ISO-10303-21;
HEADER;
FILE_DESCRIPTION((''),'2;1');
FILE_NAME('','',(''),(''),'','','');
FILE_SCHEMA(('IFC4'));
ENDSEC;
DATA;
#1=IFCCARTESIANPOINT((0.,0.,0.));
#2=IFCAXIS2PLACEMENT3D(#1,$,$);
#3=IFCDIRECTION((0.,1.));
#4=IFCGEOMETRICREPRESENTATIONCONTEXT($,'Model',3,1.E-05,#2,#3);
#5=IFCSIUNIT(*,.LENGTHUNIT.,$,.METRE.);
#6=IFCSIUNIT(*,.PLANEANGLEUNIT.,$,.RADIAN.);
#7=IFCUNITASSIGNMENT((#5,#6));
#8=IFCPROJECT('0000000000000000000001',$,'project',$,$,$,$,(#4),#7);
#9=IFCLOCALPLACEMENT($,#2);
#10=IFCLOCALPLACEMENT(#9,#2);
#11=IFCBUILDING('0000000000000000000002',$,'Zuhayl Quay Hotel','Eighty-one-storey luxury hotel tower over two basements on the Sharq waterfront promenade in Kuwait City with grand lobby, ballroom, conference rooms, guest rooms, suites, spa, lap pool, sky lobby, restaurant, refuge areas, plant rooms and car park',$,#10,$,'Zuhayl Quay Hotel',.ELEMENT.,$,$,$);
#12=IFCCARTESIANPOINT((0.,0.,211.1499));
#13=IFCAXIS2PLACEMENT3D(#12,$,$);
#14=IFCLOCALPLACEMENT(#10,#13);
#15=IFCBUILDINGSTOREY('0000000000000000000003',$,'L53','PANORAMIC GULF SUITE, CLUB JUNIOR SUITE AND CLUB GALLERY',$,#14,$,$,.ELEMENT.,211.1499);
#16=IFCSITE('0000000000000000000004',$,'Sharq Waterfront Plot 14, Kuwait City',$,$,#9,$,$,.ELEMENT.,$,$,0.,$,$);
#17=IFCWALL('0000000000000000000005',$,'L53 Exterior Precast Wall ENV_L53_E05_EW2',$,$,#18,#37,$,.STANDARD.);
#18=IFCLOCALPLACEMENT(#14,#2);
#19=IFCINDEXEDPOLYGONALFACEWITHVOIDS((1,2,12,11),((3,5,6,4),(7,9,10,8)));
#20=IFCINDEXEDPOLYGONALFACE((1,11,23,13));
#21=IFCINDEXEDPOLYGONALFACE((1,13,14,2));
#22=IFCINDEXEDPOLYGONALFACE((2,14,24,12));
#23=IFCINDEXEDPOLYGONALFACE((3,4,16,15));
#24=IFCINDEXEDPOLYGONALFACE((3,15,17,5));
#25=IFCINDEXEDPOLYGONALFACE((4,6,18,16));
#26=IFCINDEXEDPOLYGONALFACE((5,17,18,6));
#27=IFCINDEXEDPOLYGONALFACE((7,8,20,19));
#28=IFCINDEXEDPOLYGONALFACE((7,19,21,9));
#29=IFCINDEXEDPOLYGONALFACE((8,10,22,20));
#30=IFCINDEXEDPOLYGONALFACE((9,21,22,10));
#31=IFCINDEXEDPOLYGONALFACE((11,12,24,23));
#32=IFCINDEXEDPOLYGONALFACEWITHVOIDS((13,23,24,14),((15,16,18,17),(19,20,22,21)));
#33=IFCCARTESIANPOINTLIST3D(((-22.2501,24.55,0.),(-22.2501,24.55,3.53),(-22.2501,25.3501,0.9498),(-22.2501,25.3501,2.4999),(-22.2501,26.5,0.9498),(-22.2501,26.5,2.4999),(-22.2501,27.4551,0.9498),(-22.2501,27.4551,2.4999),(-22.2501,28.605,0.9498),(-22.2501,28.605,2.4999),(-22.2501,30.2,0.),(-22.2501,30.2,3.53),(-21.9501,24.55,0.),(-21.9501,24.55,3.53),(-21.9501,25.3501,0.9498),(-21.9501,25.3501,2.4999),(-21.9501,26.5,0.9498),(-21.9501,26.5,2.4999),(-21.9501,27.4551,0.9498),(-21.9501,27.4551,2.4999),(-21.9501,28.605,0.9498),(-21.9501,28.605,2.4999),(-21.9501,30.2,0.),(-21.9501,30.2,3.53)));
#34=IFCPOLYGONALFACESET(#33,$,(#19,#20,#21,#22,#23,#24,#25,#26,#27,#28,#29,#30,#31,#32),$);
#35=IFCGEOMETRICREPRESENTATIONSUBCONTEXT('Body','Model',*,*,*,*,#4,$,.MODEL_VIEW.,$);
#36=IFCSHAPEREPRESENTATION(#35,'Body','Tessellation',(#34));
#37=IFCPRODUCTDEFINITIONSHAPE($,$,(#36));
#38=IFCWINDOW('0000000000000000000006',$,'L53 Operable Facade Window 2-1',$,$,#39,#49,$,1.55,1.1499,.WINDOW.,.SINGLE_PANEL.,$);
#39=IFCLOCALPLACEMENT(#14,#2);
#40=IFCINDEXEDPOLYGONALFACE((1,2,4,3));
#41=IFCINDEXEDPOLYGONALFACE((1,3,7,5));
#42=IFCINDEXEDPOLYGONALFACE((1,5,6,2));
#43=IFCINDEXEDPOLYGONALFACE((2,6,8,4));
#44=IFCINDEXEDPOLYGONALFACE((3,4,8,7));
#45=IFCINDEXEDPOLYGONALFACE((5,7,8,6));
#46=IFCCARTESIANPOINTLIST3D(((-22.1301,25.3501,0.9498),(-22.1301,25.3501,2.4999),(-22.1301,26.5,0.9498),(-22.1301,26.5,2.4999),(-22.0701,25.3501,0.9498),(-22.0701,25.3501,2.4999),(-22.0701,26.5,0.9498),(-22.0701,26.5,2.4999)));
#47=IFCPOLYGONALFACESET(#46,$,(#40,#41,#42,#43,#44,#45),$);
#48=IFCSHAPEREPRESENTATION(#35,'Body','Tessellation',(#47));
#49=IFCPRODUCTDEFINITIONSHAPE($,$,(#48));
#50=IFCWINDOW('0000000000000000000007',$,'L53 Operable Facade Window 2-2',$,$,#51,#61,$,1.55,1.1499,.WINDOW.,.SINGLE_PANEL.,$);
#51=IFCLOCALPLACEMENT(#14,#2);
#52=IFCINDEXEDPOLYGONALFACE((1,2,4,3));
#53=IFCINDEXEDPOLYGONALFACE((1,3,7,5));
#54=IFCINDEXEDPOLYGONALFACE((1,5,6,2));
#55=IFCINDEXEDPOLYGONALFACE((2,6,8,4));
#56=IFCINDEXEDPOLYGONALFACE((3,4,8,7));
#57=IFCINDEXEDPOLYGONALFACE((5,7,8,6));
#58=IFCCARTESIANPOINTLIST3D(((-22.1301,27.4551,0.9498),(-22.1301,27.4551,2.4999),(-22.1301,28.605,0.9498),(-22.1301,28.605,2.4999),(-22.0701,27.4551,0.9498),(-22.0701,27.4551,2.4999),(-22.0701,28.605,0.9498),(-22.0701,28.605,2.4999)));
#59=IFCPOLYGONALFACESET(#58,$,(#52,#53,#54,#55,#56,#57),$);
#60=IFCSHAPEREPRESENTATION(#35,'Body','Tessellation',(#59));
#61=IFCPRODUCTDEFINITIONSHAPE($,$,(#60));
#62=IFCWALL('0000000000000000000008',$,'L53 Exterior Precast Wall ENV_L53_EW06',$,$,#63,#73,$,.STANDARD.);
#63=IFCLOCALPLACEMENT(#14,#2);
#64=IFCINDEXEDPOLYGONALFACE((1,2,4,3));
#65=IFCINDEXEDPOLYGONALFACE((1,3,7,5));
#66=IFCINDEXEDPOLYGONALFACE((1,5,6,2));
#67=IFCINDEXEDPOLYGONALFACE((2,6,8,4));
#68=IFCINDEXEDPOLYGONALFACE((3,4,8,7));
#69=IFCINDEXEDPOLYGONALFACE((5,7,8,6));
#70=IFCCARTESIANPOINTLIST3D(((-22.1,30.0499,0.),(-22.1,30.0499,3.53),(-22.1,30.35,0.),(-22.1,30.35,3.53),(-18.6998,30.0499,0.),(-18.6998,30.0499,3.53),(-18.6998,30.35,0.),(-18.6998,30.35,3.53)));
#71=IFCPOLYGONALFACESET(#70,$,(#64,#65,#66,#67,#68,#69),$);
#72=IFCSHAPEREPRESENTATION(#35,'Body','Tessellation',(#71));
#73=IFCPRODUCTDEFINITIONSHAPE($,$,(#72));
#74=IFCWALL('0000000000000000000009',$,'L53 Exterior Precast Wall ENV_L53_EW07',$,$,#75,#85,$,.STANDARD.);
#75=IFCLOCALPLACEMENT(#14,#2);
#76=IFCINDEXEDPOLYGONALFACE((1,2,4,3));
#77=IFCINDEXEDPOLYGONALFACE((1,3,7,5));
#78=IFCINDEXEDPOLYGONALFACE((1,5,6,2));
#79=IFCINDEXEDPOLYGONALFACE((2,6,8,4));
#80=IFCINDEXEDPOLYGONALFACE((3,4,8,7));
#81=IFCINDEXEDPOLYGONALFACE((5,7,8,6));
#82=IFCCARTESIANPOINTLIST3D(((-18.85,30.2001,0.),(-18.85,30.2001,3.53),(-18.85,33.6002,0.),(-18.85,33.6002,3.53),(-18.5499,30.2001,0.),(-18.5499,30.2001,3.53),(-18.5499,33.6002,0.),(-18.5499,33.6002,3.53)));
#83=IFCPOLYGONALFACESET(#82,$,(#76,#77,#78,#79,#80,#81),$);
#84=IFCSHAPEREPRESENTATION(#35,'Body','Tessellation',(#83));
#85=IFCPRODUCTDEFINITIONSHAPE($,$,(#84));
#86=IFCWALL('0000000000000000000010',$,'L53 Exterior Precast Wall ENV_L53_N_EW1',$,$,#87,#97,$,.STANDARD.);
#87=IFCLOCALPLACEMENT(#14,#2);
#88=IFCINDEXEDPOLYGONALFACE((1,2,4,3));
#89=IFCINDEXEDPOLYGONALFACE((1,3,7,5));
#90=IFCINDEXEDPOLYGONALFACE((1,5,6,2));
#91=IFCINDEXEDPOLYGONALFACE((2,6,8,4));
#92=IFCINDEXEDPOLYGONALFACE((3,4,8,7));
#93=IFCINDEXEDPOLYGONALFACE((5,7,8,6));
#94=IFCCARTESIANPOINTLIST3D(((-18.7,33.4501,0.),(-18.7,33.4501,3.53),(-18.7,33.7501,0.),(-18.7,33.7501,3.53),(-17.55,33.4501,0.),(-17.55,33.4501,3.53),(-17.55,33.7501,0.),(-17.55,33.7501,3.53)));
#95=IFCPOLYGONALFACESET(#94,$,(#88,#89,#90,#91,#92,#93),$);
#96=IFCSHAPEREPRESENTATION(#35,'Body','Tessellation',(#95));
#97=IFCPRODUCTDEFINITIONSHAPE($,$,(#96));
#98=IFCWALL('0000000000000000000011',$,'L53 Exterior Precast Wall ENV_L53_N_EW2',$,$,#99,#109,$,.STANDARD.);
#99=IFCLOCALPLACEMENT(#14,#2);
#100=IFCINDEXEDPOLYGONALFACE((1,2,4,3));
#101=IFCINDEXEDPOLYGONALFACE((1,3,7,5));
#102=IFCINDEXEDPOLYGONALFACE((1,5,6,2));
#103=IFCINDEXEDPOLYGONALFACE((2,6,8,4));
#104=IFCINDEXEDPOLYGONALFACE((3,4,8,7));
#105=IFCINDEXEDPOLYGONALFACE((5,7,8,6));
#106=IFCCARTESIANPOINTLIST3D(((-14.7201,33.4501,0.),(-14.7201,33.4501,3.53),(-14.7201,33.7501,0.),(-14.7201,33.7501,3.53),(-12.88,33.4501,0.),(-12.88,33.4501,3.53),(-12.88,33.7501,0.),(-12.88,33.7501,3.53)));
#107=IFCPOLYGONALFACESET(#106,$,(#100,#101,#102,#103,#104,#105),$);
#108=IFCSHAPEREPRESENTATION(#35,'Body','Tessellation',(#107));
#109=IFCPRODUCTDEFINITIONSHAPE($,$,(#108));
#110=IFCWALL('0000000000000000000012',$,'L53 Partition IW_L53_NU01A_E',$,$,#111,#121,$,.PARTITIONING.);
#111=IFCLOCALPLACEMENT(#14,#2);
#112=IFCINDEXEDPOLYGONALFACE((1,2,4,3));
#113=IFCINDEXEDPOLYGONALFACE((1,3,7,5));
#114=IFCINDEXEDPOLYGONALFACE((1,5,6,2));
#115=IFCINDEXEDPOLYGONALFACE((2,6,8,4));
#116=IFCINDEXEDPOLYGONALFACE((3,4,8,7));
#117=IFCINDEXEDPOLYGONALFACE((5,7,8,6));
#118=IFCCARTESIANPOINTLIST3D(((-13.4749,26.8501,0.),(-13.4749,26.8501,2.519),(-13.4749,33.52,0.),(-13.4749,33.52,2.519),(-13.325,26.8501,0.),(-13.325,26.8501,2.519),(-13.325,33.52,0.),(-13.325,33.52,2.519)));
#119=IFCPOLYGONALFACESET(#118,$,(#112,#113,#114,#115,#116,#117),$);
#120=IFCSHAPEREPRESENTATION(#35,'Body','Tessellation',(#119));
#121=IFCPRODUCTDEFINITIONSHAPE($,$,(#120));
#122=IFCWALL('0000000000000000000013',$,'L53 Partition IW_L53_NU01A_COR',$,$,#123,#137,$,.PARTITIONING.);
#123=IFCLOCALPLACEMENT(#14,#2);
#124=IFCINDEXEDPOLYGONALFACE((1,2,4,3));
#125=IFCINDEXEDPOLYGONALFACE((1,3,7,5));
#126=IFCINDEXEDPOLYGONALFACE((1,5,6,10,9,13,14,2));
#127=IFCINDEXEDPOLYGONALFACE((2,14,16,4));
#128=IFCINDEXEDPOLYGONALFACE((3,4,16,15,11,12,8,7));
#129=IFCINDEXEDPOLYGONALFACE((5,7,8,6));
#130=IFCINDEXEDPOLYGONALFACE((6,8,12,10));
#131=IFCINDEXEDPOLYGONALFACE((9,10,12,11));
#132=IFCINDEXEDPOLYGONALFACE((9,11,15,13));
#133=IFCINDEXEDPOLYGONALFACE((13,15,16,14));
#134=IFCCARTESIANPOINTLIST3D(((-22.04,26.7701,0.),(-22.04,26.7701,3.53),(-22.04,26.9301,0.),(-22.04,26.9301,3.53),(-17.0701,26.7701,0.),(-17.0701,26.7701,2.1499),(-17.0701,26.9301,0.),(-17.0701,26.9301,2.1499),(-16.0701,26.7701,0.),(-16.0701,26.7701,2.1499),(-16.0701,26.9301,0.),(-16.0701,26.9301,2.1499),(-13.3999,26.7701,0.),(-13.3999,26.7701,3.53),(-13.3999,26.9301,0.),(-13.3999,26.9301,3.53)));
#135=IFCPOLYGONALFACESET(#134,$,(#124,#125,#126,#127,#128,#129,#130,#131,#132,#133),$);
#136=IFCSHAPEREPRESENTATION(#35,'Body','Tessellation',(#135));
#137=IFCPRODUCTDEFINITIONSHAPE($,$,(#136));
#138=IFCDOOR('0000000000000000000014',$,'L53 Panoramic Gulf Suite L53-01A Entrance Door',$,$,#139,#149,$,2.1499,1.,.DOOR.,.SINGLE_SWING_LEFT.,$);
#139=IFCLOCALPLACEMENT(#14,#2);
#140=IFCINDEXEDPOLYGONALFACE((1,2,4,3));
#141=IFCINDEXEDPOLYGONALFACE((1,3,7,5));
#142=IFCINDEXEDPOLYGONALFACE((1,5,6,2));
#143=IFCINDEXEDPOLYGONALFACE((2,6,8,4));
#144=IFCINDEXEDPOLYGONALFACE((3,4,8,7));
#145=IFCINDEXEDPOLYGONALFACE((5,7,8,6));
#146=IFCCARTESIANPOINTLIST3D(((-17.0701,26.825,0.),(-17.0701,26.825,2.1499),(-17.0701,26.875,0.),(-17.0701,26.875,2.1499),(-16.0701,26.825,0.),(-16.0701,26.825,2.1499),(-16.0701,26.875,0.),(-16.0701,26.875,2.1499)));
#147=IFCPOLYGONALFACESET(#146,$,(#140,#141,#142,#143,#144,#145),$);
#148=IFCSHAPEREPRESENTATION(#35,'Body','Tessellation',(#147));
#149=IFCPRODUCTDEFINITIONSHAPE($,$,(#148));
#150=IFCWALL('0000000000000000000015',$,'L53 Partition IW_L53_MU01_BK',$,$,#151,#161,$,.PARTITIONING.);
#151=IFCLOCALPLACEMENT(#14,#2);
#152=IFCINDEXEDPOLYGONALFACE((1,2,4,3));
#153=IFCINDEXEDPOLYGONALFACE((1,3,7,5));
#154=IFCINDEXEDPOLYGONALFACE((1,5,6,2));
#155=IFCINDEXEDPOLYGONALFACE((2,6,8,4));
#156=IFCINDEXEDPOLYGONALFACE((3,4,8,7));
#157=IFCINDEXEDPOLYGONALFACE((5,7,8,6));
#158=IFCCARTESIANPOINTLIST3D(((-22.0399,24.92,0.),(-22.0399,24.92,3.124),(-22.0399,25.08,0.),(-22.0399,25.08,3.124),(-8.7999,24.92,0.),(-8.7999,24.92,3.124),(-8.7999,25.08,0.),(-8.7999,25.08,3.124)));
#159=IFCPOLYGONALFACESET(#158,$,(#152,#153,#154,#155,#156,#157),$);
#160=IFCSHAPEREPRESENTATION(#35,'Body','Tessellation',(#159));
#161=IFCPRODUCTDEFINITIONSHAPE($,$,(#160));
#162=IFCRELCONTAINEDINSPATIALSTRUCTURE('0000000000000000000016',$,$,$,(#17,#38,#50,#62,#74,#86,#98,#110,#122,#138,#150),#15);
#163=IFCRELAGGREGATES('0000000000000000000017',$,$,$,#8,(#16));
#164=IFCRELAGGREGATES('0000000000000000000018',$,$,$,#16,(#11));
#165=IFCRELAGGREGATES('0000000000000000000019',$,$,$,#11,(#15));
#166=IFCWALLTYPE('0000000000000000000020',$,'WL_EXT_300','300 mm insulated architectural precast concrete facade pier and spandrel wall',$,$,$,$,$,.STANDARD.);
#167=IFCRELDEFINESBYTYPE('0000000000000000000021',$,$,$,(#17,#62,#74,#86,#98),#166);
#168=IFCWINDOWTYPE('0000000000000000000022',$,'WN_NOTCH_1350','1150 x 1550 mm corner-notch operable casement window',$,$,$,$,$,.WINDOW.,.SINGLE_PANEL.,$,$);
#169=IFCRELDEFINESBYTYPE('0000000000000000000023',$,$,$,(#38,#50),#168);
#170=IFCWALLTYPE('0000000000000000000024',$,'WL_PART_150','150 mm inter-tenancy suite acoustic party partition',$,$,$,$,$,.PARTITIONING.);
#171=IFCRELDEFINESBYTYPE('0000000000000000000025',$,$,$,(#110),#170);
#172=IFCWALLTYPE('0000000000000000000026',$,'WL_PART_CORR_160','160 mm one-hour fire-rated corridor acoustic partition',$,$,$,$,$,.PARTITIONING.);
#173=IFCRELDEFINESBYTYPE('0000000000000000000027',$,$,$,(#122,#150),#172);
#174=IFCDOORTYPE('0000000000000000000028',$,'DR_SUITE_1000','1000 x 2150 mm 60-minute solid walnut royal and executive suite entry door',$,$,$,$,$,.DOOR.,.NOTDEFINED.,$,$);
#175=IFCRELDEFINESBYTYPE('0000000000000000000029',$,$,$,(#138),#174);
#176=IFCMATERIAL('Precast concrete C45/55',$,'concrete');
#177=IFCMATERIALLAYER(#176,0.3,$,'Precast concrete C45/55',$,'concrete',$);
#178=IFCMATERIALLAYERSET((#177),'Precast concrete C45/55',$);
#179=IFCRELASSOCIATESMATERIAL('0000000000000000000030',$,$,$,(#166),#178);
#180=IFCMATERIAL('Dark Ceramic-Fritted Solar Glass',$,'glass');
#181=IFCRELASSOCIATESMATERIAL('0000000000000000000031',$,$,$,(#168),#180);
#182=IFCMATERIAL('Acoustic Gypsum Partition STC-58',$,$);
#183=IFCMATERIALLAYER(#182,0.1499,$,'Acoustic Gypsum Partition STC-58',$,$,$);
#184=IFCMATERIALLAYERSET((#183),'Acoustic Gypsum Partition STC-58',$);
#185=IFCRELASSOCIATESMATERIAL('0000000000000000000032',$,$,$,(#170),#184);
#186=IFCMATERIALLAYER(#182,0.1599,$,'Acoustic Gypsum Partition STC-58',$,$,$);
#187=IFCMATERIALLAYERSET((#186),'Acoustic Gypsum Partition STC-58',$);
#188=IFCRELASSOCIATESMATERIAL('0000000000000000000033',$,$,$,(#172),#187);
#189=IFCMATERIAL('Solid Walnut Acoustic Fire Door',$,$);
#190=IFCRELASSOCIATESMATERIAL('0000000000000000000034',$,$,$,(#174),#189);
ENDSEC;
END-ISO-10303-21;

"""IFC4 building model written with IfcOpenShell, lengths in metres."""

from ifc_helpers import new_model, si_unit, direction, frame, frame_2d, origin, place, context, subcontext, project, spatial, rectangle, extrude, material, layer, layer_set, type_object, element, fill, save


model = new_model("IFC4")

# Units and contexts
model_context = context("Model", 3, precision=1e-05, world=origin(), true_north=direction((0.0, 1.0)))
body_context = subcontext(model_context, "Body", "Model", "MODEL_VIEW")
ifc_project = project(units=[si_unit("LENGTHUNIT", "METRE"), si_unit("PLANEANGLEUNIT", "RADIAN")], contexts=[model_context])

# Site, building, storey
site_placement = place(None, origin())
site = spatial("IfcSite", under=ifc_project, at=site_placement, Name="Sharq Waterfront Plot 14, Kuwait City", CompositionType="ELEMENT", RefElevation=0.0)
building_placement = place(site_placement, origin())
building = spatial("IfcBuilding", under=site, at=building_placement, Name="Zuhayl Quay Hotel", Description="Eighty-one-storey luxury hotel tower over two basements on the Sharq waterfront promenade in Kuwait City with grand lobby, ballroom, conference rooms, guest rooms, suites, spa, lap pool, sky lobby, restaurant, refuge areas, plant rooms and car park", LongName="Zuhayl Quay Hotel", CompositionType="ELEMENT")
storey_placement = place(building_placement, frame((0.0, 0.0, 211.1499)))
storey = spatial("IfcBuildingStorey", under=building, at=storey_placement, Name="L53", Description="PANORAMIC GULF SUITE, CLUB JUNIOR SUITE AND CLUB GALLERY", CompositionType="ELEMENT", Elevation=211.1499)

# Shared definitions
ifc_material_1 = material(Name="Dark Ceramic-Fritted Solar Glass", Category="glass")

# Wall, openings, windows
ifc_material_2 = material(Name="Precast concrete C45/55", Category="concrete")
ifc_layer_1 = layer(ifc_material_2, 0.3, Name="Precast concrete C45/55", Category="concrete")
ifc_layer_set_1 = layer_set([ifc_layer_1], Name="Precast concrete C45/55")
wall_type_1 = type_object("IfcWallType", Name="WL_EXT_300", Description="300 mm insulated architectural precast concrete facade pier and spandrel wall", PredefinedType="STANDARD", material=ifc_layer_set_1)
wall_1_placement = place(storey_placement, frame((-22.1001, 24.55, 0.0), z_axis=(0.0, 0.0, 1.0), x_axis=(0.0, 1.0, 0.0)))
wall_1 = element("IfcWall", 1, at=wall_1_placement, inside=storey, type_object=wall_type_1, Name="L53 Exterior Precast Wall ENV_L53_E05_EW2", PredefinedType="STANDARD", context=body_context, shape_type="SweptSolid", body=[
    extrude(rectangle(XDim=5.6499, YDim=0.3, at=frame_2d((2.825, 0.0))), origin(), (0.0, 0.0, 1.0), 3.53),
])
opening_1_placement = place(wall_1_placement, frame((0.8, 0.0, 0.95)))
opening_1 = element("IfcOpeningElement", 2, at=opening_1_placement, cuts=wall_1, PredefinedType="OPENING", context=body_context, shape_type="SweptSolid", body=[
    extrude(rectangle(XDim=1.1499, YDim=1.55, at=frame_2d((0.575, 0.7749))), frame((0.0, 0.1599, 0.0), z_axis=(0.0, -1.0, 0.0), x_axis=(1.0, 0.0, 0.0)), (0.0, 0.0, 1.0), 0.3201),
])
opening_2_placement = place(wall_1_placement, frame((2.905, 0.0, 0.95)))
opening_2 = element("IfcOpeningElement", 3, at=opening_2_placement, cuts=wall_1, PredefinedType="OPENING", context=body_context, shape_type="SweptSolid", body=[
    extrude(rectangle(XDim=1.1499, YDim=1.55, at=frame_2d((0.575, 0.7749))), frame((0.0, 0.1599, 0.0), z_axis=(0.0, -1.0, 0.0), x_axis=(1.0, 0.0, 0.0)), (0.0, 0.0, 1.0), 0.3201),
])
window_type = type_object("IfcWindowType", Name="WN_NOTCH_1350", Description="1150 x 1550 mm corner-notch operable casement window", PartitioningType="SINGLE_PANEL", PredefinedType="WINDOW", material=ifc_material_1)
window_1_placement = place(opening_1_placement, origin())
window_1 = element("IfcWindow", 4, at=window_1_placement, inside=storey, type_object=window_type, Name="L53 Operable Facade Window 2-1", OverallHeight=1.55, OverallWidth=1.1499, PartitioningType="SINGLE_PANEL", PredefinedType="WINDOW", context=body_context, shape_type="SweptSolid", body=[
    extrude(rectangle(XDim=1.1499, YDim=1.55, at=frame_2d((0.575, 0.7749))), frame((0.0, 0.03, 0.0), z_axis=(0.0, -1.0, 0.0), x_axis=(1.0, 0.0, 0.0)), (0.0, 0.0, 1.0), 0.0601),
])
fill(opening_1, window_1)
window_2_placement = place(opening_2_placement, origin())
window_2 = element("IfcWindow", 5, at=window_2_placement, inside=storey, type_object=window_type, Name="L53 Operable Facade Window 2-2", OverallHeight=1.55, OverallWidth=1.1499, PartitioningType="SINGLE_PANEL", PredefinedType="WINDOW", context=body_context, shape_type="SweptSolid", body=[
    extrude(rectangle(XDim=1.1499, YDim=1.55, at=frame_2d((0.575, 0.7749))), frame((0.0, 0.03, 0.0), z_axis=(0.0, -1.0, 0.0), x_axis=(1.0, 0.0, 0.0)), (0.0, 0.0, 1.0), 0.0601),
])
fill(opening_2, window_2)

# Walls
for number, where, z_axis, x_axis, name in (
    (6, (-22.1001, 30.2, 0.0), (0.0, 0.0, 1.0), (1.0, 0.0, 0.0), "L53 Exterior Precast Wall ENV_L53_EW06"),
    (7, (-18.7, 30.2, 0.0), (0.0, 0.0, 1.0), (0.0, 1.0, 0.0), "L53 Exterior Precast Wall ENV_L53_EW07"),
):
    element("IfcWall", number, at=place(storey_placement, frame(where, z_axis=z_axis, x_axis=x_axis)), inside=storey, type_object=wall_type_1, Name=name, PredefinedType="STANDARD", context=body_context, shape_type="SweptSolid", body=[
        extrude(rectangle(XDim=3.4001, YDim=0.3, at=frame_2d((1.7002, 0.0))), origin(), (0.0, 0.0, 1.0), 3.53),
    ])
wall_2_placement = place(storey_placement, frame((-18.7, 33.6001, 0.0), z_axis=(0.0, 0.0, 1.0), x_axis=(1.0, 0.0, 0.0)))
element("IfcWall", 8, at=wall_2_placement, inside=storey, type_object=wall_type_1, Name="L53 Exterior Precast Wall ENV_L53_N_EW1", PredefinedType="STANDARD", context=body_context, shape_type="SweptSolid", body=[
    extrude(rectangle(XDim=1.1499, YDim=0.3, at=frame_2d((0.575, 0.0))), origin(), (0.0, 0.0, 1.0), 3.53),
])
wall_3_placement = place(storey_placement, frame((-14.72, 33.6001, 0.0), z_axis=(0.0, 0.0, 1.0), x_axis=(1.0, 0.0, 0.0)))
element("IfcWall", 9, at=wall_3_placement, inside=storey, type_object=wall_type_1, Name="L53 Exterior Precast Wall ENV_L53_N_EW2", PredefinedType="STANDARD", context=body_context, shape_type="SweptSolid", body=[
    extrude(rectangle(XDim=1.8401, YDim=0.3, at=frame_2d((0.9199, 0.0))), origin(), (0.0, 0.0, 1.0), 3.53),
])
ifc_material_3 = material(Name="Acoustic Gypsum Partition STC-58")
ifc_layer_2 = layer(ifc_material_3, 0.1499, Name="Acoustic Gypsum Partition STC-58")
ifc_layer_set_2 = layer_set([ifc_layer_2], Name="Acoustic Gypsum Partition STC-58")
wall_type_2 = type_object("IfcWallType", Name="WL_PART_150", Description="150 mm inter-tenancy suite acoustic party partition", PredefinedType="PARTITIONING", material=ifc_layer_set_2)
wall_4_placement = place(storey_placement, frame((-13.3999, 26.8501, 0.0), z_axis=(0.0, 0.0, 1.0), x_axis=(0.0, 1.0, 0.0)))
element("IfcWall", 10, at=wall_4_placement, inside=storey, type_object=wall_type_2, Name="L53 Partition IW_L53_NU01A_E", PredefinedType="PARTITIONING", context=body_context, shape_type="SweptSolid", body=[
    extrude(rectangle(XDim=6.6699, YDim=0.1499, at=frame_2d((3.335, 0.0))), origin(), (0.0, 0.0, 1.0), 2.519),
])

# Wall, opening, door
ifc_layer_3 = layer(ifc_material_3, 0.1599, Name="Acoustic Gypsum Partition STC-58")
ifc_layer_set_3 = layer_set([ifc_layer_3], Name="Acoustic Gypsum Partition STC-58")
wall_type_3 = type_object("IfcWallType", Name="WL_PART_CORR_160", Description="160 mm one-hour fire-rated corridor acoustic partition", PredefinedType="PARTITIONING", material=ifc_layer_set_3)
wall_5_placement = place(storey_placement, frame((-22.04, 26.8501, 0.0), z_axis=(0.0, 0.0, 1.0), x_axis=(1.0, 0.0, 0.0)))
wall_5 = element("IfcWall", 11, at=wall_5_placement, inside=storey, type_object=wall_type_3, Name="L53 Partition IW_L53_NU01A_COR", PredefinedType="PARTITIONING", context=body_context, shape_type="SweptSolid", body=[
    extrude(rectangle(XDim=8.6401, YDim=0.1599, at=frame_2d((4.3201, 0.0))), origin(), (0.0, 0.0, 1.0), 3.53),
])
opening_3_placement = place(wall_5_placement, frame((4.97, 0.0, 0.0)))
opening_3 = element("IfcOpeningElement", 12, at=opening_3_placement, cuts=wall_5, PredefinedType="OPENING", context=body_context, shape_type="SweptSolid", body=[
    extrude(rectangle(XDim=1.0, YDim=2.1499, at=frame_2d((0.5, 1.075))), frame((0.0, 0.0898, 0.0), z_axis=(0.0, -1.0, 0.0), x_axis=(1.0, 0.0, 0.0)), (0.0, 0.0, 1.0), 0.1799),
])
ifc_material_4 = material(Name="Solid Walnut Acoustic Fire Door")
door_type_1 = type_object("IfcDoorType", Name="DR_SUITE_1000", Description="1000 x 2150 mm 60-minute solid walnut royal and executive suite entry door", OperationType="NOTDEFINED", PredefinedType="DOOR", material=ifc_material_4)
door_1_placement = place(opening_3_placement, origin())
door_1 = element("IfcDoor", 13, at=door_1_placement, inside=storey, type_object=door_type_1, Name="L53 Panoramic Gulf Suite L53-01A Entrance Door", OperationType="SINGLE_SWING_LEFT", OverallHeight=2.1499, OverallWidth=1.0, PredefinedType="DOOR", context=body_context, shape_type="SweptSolid", body=[
    extrude(rectangle(XDim=1.0, YDim=2.1499, at=frame_2d((0.5, 1.075))), frame((0.0, 0.0249, 0.0), z_axis=(0.0, -1.0, 0.0), x_axis=(1.0, 0.0, 0.0)), (0.0, 0.0, 1.0), 0.05),
])
fill(opening_3, door_1)

# Wall
wall_6_placement = place(storey_placement, frame((-22.04, 25.0, 0.0), z_axis=(0.0, 0.0, 1.0), x_axis=(1.0, 0.0, 0.0)))
element("IfcWall", 14, at=wall_6_placement, inside=storey, type_object=wall_type_3, Name="L53 Partition IW_L53_MU01_BK", PredefinedType="PARTITIONING", context=body_context, shape_type="SweptSolid", body=[
    extrude(rectangle(XDim=13.24, YDim=0.1599, at=frame_2d((6.6201, 0.0))), origin(), (0.0, 0.0, 1.0), 3.124),
])

save(model, "model.ifc")
